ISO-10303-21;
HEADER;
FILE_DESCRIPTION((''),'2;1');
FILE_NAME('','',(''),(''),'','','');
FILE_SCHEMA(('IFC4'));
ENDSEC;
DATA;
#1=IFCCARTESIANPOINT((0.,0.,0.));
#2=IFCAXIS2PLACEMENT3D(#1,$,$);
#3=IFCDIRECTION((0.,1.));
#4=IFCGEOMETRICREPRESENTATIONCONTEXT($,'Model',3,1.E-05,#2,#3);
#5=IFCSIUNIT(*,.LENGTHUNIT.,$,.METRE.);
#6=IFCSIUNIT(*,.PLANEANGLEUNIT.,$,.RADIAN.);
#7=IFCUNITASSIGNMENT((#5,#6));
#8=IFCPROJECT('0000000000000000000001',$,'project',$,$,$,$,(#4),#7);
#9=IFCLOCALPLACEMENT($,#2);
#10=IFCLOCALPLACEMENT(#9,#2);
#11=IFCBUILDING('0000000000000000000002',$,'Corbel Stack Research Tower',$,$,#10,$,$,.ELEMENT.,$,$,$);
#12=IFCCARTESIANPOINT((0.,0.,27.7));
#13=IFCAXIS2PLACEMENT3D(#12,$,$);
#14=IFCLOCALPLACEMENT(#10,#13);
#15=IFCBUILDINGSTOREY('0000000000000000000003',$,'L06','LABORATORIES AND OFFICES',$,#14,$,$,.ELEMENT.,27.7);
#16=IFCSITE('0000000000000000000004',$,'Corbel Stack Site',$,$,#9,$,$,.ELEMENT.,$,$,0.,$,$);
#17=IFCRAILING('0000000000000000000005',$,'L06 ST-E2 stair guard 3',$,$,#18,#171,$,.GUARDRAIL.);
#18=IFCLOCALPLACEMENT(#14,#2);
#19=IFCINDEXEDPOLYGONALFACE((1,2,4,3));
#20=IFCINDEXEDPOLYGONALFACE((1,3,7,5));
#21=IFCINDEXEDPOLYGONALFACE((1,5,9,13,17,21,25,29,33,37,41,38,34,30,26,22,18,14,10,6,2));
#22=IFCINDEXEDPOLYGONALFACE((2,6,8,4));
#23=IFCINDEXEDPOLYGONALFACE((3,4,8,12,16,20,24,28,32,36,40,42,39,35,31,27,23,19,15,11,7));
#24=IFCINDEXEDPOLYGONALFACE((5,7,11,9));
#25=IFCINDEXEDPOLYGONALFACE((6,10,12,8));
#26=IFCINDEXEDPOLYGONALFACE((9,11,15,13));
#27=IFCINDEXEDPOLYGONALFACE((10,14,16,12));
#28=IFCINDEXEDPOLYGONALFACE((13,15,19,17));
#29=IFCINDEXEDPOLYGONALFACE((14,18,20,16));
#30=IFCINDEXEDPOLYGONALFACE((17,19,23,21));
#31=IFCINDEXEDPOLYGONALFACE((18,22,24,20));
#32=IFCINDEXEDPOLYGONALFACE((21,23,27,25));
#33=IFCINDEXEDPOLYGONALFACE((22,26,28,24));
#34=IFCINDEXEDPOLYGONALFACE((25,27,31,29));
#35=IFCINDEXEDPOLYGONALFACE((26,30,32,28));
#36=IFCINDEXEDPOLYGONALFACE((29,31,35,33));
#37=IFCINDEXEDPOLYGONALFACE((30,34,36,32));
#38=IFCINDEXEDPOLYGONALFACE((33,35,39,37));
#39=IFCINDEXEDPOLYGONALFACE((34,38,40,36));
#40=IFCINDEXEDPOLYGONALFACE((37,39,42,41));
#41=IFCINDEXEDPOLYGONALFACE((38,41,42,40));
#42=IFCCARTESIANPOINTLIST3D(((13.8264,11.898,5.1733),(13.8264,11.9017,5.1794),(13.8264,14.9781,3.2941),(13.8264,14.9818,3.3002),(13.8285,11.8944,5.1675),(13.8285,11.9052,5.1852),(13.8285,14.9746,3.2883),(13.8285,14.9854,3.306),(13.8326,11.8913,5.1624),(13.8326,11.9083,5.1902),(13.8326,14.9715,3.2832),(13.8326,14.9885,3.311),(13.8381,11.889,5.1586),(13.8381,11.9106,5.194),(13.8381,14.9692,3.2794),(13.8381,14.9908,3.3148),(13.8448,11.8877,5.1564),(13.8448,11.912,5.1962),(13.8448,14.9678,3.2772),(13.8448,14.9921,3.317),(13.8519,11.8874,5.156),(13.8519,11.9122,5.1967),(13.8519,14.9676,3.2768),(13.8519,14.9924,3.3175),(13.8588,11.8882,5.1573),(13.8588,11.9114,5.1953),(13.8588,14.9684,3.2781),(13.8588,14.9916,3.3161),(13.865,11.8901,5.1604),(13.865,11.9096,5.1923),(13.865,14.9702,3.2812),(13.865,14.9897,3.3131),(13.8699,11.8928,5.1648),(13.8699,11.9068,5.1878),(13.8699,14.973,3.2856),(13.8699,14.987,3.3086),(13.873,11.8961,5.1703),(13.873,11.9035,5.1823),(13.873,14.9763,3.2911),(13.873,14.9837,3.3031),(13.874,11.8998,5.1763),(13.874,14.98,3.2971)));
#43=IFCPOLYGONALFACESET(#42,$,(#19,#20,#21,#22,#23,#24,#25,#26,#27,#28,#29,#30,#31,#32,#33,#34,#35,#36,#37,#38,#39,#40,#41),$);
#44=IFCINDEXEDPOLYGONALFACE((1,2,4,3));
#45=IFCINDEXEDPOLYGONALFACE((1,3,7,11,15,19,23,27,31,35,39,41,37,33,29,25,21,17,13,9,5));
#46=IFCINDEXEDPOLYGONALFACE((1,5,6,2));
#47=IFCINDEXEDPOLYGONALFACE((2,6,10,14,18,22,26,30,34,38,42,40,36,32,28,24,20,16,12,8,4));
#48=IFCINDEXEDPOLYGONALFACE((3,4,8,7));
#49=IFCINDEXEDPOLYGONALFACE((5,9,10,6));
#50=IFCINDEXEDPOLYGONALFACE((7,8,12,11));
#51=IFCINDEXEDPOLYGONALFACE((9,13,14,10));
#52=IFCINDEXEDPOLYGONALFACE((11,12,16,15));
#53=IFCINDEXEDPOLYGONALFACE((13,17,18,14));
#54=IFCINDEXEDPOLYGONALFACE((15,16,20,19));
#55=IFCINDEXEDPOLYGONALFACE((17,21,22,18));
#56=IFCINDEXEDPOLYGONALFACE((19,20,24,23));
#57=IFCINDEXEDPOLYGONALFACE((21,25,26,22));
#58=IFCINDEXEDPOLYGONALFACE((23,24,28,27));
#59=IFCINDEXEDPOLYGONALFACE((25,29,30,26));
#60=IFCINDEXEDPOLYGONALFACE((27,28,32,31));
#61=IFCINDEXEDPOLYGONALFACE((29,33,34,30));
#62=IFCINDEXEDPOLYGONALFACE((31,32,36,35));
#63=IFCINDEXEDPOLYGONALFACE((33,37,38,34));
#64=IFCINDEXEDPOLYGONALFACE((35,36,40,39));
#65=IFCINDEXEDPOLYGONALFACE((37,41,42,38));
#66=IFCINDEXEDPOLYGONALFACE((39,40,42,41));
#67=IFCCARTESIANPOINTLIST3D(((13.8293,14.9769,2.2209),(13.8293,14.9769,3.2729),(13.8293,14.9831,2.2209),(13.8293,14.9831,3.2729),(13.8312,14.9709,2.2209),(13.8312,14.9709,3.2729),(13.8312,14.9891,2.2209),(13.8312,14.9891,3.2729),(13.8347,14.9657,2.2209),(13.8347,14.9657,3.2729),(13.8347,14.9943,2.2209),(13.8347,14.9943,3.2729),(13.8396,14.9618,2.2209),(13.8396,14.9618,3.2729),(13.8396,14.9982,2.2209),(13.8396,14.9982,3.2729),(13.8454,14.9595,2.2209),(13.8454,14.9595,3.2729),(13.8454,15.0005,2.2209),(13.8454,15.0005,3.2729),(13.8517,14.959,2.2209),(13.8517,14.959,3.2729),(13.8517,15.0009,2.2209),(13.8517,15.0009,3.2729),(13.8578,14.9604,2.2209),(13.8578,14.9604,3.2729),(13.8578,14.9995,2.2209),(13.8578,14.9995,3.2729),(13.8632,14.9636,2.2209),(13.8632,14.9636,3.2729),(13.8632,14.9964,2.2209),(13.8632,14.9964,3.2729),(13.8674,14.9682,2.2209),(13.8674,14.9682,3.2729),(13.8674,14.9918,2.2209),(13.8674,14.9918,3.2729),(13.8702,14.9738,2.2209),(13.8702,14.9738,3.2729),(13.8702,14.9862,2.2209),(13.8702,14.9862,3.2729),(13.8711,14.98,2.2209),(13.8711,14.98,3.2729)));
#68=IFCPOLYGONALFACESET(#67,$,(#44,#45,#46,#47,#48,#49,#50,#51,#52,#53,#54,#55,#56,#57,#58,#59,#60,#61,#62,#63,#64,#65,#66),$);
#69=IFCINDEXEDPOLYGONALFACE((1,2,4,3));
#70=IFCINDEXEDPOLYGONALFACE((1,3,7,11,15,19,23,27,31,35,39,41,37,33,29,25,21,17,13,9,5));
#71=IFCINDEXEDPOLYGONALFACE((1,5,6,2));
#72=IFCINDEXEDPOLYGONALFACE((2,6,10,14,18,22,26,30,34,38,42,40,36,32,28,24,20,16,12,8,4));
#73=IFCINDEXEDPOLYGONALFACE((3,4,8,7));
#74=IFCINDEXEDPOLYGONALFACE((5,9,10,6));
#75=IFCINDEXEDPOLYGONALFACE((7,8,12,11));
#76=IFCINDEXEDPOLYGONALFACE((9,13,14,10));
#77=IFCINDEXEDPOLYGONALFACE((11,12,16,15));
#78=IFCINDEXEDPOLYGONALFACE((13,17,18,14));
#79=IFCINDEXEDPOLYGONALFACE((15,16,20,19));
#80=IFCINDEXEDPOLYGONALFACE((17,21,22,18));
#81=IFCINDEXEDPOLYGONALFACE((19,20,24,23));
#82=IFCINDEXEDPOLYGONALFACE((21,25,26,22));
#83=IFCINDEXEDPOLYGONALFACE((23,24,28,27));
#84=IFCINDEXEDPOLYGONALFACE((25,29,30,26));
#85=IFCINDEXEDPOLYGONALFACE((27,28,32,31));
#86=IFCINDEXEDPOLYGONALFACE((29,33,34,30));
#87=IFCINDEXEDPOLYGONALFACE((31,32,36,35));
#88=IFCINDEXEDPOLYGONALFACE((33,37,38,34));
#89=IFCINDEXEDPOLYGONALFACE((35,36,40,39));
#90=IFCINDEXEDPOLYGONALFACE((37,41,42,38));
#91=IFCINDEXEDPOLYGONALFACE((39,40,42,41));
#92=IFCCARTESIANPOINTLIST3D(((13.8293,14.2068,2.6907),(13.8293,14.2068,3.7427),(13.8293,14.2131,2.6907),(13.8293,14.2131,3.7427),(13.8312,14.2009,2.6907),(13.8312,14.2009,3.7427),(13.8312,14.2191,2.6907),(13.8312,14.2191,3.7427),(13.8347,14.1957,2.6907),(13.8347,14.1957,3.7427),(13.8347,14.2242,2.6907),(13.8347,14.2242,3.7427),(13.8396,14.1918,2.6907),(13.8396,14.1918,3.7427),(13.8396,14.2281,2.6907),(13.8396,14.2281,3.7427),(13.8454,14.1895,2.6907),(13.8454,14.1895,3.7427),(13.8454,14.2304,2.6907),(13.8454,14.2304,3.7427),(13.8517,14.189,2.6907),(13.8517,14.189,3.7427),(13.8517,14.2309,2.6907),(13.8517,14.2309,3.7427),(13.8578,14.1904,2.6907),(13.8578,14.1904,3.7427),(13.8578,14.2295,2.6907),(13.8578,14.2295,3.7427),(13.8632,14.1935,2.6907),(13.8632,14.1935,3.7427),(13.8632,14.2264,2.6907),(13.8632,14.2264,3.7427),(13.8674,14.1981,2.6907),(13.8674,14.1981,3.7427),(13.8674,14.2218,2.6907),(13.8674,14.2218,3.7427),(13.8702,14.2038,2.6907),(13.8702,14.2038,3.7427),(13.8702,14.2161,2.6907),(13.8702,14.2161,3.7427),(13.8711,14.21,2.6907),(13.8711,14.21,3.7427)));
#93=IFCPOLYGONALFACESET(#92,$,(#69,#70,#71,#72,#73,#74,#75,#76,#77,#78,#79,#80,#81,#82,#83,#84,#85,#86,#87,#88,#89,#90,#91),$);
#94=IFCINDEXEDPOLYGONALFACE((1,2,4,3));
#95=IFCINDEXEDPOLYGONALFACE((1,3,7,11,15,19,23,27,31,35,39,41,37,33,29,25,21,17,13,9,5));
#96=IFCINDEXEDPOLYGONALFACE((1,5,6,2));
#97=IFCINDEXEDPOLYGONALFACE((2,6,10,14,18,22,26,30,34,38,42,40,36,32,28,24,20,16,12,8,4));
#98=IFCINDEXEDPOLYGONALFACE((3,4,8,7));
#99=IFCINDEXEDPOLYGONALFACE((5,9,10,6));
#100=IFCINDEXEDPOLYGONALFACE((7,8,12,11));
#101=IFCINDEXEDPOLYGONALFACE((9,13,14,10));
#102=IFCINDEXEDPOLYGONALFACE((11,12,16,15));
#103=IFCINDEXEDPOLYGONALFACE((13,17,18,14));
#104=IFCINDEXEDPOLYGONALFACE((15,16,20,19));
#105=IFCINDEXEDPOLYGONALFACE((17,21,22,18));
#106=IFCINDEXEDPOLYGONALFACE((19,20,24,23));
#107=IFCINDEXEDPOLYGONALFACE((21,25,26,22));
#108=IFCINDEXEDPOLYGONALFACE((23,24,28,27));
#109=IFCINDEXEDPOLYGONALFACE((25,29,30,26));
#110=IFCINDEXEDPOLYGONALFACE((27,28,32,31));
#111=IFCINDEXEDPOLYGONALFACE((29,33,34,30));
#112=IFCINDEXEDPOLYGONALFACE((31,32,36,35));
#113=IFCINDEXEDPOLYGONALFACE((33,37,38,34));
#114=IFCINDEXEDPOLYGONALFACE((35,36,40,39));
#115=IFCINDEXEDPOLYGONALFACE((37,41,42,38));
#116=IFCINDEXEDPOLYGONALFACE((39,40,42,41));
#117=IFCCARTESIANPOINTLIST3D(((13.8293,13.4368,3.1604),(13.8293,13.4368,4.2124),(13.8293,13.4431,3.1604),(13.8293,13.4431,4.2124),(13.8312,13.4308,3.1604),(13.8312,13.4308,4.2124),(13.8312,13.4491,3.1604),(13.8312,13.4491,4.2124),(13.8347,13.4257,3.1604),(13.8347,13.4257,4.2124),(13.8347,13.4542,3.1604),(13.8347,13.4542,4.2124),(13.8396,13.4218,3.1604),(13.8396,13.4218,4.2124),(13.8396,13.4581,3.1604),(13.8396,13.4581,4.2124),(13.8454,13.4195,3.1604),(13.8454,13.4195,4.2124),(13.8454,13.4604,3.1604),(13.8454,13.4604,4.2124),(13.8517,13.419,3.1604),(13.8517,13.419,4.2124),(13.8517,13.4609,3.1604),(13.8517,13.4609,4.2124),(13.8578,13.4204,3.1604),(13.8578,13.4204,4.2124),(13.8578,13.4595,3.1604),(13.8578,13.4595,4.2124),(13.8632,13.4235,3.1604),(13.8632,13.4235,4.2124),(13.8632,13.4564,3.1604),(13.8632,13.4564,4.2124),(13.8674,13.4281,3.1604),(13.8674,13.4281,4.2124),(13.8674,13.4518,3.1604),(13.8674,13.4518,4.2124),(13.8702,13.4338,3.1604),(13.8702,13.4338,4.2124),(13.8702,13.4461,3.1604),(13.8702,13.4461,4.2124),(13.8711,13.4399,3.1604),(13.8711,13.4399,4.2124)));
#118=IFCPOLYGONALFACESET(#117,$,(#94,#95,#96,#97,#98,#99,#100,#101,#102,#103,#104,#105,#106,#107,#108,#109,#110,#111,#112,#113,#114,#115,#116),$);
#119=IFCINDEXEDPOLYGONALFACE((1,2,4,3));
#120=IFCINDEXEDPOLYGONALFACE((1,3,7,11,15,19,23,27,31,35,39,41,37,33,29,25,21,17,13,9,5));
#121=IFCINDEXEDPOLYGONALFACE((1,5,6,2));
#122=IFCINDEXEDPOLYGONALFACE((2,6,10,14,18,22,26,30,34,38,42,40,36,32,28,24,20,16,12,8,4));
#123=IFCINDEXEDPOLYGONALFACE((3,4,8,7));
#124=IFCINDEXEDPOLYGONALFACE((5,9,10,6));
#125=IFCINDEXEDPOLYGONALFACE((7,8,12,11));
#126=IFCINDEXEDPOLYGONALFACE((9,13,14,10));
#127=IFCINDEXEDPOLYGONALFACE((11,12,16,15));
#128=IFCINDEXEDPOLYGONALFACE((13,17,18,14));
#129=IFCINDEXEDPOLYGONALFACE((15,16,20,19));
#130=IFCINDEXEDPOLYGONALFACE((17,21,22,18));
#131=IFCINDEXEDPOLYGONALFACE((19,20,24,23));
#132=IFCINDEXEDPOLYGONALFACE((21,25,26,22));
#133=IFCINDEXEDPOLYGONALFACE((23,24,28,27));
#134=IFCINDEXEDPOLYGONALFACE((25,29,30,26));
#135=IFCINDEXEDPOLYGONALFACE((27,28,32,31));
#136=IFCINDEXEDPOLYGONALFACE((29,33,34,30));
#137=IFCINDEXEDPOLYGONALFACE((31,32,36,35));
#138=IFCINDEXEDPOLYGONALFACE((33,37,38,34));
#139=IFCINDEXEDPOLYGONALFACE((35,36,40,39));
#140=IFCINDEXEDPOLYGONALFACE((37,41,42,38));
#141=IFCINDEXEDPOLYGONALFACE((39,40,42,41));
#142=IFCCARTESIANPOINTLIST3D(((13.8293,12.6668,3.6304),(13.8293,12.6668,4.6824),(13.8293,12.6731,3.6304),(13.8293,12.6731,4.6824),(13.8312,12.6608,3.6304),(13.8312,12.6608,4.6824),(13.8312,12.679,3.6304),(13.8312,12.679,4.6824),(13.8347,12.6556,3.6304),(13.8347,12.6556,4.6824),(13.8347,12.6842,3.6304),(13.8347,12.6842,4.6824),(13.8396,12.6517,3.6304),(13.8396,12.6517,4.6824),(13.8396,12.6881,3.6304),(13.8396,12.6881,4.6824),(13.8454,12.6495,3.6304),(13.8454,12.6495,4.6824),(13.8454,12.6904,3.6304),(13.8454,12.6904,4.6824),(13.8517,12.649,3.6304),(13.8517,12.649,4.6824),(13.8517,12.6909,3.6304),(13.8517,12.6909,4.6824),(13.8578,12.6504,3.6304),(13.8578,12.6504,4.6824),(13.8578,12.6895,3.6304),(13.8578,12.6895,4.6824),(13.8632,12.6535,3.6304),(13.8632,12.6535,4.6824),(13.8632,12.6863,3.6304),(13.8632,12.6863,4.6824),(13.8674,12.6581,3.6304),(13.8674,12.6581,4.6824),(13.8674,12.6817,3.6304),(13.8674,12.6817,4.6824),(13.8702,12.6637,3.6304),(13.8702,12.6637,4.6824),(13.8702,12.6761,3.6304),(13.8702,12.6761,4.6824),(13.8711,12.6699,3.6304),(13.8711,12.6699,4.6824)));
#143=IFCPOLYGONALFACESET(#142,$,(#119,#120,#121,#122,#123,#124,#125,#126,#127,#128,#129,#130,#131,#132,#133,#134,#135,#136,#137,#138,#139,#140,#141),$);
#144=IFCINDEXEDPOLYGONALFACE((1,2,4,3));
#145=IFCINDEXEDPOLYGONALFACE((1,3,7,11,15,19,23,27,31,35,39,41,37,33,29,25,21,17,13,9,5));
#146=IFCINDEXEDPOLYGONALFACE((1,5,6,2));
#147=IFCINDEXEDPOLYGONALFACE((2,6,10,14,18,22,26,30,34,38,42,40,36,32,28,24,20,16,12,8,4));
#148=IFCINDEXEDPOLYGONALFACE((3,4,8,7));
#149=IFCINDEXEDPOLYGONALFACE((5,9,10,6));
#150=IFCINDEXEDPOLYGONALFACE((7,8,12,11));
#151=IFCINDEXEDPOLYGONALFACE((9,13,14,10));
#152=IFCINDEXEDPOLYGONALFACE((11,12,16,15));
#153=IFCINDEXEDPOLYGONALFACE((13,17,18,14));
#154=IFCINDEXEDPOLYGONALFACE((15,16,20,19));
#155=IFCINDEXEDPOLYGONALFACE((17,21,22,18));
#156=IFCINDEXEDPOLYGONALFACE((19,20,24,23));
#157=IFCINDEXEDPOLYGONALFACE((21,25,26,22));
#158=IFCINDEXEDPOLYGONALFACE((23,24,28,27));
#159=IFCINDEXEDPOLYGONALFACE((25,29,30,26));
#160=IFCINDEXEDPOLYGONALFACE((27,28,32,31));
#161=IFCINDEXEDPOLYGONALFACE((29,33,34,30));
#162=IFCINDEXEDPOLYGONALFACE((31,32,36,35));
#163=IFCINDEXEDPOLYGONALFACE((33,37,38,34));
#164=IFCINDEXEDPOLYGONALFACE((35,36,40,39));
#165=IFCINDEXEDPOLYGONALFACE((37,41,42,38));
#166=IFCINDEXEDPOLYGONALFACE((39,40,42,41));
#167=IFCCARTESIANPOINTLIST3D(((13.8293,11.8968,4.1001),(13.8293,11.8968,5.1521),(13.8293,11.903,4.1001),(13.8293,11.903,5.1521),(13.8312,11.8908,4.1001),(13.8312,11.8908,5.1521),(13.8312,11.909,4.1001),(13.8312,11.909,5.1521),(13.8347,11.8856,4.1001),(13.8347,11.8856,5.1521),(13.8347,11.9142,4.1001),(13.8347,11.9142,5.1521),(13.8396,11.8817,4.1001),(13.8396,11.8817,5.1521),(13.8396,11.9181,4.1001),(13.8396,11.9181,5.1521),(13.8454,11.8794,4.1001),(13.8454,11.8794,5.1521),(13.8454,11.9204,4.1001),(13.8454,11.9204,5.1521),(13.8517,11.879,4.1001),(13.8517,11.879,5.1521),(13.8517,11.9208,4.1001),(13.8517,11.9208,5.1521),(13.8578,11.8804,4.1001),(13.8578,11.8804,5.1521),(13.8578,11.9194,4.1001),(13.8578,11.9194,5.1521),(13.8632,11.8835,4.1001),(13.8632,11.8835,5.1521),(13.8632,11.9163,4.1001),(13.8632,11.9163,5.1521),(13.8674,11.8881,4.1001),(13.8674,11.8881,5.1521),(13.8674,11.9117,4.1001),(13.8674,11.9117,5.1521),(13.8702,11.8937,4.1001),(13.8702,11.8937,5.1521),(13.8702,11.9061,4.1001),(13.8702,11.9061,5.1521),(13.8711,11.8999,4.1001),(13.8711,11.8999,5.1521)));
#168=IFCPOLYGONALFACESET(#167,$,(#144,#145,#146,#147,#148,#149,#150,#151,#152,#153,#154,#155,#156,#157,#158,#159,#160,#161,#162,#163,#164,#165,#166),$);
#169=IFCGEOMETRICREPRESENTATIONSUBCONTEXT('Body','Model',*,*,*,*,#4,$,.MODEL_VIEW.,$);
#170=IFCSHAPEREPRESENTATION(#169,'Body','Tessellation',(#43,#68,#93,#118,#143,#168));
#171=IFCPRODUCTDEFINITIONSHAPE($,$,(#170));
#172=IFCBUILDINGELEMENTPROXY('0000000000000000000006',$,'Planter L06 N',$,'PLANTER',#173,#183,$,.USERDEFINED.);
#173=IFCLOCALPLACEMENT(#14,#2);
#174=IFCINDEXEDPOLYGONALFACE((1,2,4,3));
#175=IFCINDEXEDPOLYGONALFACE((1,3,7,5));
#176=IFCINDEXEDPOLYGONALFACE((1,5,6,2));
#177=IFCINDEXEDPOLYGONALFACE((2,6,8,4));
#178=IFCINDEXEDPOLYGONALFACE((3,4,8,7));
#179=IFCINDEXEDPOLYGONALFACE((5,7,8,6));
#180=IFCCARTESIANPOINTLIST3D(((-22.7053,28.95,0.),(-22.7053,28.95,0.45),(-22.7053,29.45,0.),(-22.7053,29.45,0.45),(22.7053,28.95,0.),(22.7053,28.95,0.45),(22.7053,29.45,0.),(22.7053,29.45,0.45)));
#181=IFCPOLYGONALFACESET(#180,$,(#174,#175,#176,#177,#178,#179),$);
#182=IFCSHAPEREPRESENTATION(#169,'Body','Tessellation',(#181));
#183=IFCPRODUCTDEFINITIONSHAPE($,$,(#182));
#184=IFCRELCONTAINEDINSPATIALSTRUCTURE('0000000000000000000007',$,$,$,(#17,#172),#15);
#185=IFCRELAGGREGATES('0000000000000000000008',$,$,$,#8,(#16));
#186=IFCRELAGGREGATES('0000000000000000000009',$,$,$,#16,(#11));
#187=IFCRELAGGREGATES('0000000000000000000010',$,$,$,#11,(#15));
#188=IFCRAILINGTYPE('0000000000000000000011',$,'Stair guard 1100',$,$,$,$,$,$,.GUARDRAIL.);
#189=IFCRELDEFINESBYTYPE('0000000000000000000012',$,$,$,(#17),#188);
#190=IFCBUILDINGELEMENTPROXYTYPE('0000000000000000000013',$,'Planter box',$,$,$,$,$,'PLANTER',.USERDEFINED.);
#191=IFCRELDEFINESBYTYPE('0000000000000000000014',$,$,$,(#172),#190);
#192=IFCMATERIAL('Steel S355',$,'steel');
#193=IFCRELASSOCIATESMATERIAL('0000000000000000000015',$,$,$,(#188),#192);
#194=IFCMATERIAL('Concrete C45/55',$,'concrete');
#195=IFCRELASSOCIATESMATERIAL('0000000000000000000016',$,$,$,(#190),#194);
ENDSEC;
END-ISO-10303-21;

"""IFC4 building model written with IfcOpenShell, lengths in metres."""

from ifc_helpers import new_model, si_unit, direction, frame, origin, origin_2d, place, context, subcontext, project, spatial, rectangle, circle, extrude, material, type_object, element, save


model = new_model("IFC4")

# Units and contexts
model_context = context("Model", 3, precision=1e-05, world=origin(), true_north=direction((0.0, 1.0)))
body_context = subcontext(model_context, "Body", "Model", "MODEL_VIEW")
ifc_project = project(units=[si_unit("LENGTHUNIT", "METRE"), si_unit("PLANEANGLEUNIT", "RADIAN")], contexts=[model_context])

# Site, building, storey
site_placement = place(None, origin())
site = spatial("IfcSite", under=ifc_project, at=site_placement, Name="Corbel Stack Site", CompositionType="ELEMENT", RefElevation=0.0)
building_placement = place(site_placement, origin())
building = spatial("IfcBuilding", under=site, at=building_placement, Name="Corbel Stack Research Tower", CompositionType="ELEMENT")
storey_placement = place(building_placement, frame((0.0, 0.0, 27.7)))
storey = spatial("IfcBuildingStorey", under=building, at=storey_placement, Name="L06", Description="LABORATORIES AND OFFICES", CompositionType="ELEMENT", Elevation=27.7)

# Railing
ifc_material_1 = material(Name="Steel S355", Category="steel")
railing_type = type_object("IfcRailingType", Name="Stair guard 1100", PredefinedType="GUARDRAIL", material=ifc_material_1)
railing_1_placement = place(storey_placement, frame((13.8501, 14.98, 2.2209)))
element("IfcRailing", 1, at=railing_1_placement, inside=storey, type_object=railing_type, Name="L06 ST-E2 stair guard 3", PredefinedType="GUARDRAIL", context=body_context, shape_type="SweptSolid", body=[
    extrude(circle(Radius=0.0239, at=origin_2d()), frame((0.0, 0.0, 1.0762), z_axis=(0.0, -0.853666, 0.52082), x_axis=(1.0, 0.0, 0.0)), (0.0, 0.0, 1.0), 3.6082),
    extrude(circle(Radius=0.021, at=origin_2d()), origin(), (0.0, 0.0, 1.0), 1.052),
    extrude(circle(Radius=0.021, at=origin_2d()), frame((0.0, -0.77, 0.4697)), (0.0, 0.0, 1.0), 1.052),
    extrude(circle(Radius=0.021, at=origin_2d()), frame((0.0, -1.54, 0.9395)), (0.0, 0.0, 1.0), 1.052),
    extrude(circle(Radius=0.021, at=origin_2d()), frame((0.0, -2.3101, 1.4094)), (0.0, 0.0, 1.0), 1.052),
    extrude(circle(Radius=0.021, at=origin_2d()), frame((0.0, -3.0801, 1.8792)), (0.0, 0.0, 1.0), 1.052),
])

# Building element proxy
ifc_material_2 = material(Name="Concrete C45/55", Category="concrete")
building_element_proxy_type = type_object("IfcBuildingElementProxyType", Name="Planter box", ElementType="PLANTER", PredefinedType="USERDEFINED", material=ifc_material_2)
proxy_placement = place(storey_placement, frame((0.0, 29.2, 0.0), z_axis=(0.0, 0.0, 1.0), x_axis=(-1.0, 0.0, 0.0)))
element("IfcBuildingElementProxy", 2, at=proxy_placement, inside=storey, type_object=building_element_proxy_type, Name="Planter L06 N", ObjectType="PLANTER", PredefinedType="USERDEFINED", context=body_context, shape_type="SweptSolid", body=[
    extrude(rectangle(XDim=45.4106, YDim=0.5, at=origin_2d()), origin(), (0.0, 0.0, 1.0), 0.45),
])

save(model, "model.ifc")
